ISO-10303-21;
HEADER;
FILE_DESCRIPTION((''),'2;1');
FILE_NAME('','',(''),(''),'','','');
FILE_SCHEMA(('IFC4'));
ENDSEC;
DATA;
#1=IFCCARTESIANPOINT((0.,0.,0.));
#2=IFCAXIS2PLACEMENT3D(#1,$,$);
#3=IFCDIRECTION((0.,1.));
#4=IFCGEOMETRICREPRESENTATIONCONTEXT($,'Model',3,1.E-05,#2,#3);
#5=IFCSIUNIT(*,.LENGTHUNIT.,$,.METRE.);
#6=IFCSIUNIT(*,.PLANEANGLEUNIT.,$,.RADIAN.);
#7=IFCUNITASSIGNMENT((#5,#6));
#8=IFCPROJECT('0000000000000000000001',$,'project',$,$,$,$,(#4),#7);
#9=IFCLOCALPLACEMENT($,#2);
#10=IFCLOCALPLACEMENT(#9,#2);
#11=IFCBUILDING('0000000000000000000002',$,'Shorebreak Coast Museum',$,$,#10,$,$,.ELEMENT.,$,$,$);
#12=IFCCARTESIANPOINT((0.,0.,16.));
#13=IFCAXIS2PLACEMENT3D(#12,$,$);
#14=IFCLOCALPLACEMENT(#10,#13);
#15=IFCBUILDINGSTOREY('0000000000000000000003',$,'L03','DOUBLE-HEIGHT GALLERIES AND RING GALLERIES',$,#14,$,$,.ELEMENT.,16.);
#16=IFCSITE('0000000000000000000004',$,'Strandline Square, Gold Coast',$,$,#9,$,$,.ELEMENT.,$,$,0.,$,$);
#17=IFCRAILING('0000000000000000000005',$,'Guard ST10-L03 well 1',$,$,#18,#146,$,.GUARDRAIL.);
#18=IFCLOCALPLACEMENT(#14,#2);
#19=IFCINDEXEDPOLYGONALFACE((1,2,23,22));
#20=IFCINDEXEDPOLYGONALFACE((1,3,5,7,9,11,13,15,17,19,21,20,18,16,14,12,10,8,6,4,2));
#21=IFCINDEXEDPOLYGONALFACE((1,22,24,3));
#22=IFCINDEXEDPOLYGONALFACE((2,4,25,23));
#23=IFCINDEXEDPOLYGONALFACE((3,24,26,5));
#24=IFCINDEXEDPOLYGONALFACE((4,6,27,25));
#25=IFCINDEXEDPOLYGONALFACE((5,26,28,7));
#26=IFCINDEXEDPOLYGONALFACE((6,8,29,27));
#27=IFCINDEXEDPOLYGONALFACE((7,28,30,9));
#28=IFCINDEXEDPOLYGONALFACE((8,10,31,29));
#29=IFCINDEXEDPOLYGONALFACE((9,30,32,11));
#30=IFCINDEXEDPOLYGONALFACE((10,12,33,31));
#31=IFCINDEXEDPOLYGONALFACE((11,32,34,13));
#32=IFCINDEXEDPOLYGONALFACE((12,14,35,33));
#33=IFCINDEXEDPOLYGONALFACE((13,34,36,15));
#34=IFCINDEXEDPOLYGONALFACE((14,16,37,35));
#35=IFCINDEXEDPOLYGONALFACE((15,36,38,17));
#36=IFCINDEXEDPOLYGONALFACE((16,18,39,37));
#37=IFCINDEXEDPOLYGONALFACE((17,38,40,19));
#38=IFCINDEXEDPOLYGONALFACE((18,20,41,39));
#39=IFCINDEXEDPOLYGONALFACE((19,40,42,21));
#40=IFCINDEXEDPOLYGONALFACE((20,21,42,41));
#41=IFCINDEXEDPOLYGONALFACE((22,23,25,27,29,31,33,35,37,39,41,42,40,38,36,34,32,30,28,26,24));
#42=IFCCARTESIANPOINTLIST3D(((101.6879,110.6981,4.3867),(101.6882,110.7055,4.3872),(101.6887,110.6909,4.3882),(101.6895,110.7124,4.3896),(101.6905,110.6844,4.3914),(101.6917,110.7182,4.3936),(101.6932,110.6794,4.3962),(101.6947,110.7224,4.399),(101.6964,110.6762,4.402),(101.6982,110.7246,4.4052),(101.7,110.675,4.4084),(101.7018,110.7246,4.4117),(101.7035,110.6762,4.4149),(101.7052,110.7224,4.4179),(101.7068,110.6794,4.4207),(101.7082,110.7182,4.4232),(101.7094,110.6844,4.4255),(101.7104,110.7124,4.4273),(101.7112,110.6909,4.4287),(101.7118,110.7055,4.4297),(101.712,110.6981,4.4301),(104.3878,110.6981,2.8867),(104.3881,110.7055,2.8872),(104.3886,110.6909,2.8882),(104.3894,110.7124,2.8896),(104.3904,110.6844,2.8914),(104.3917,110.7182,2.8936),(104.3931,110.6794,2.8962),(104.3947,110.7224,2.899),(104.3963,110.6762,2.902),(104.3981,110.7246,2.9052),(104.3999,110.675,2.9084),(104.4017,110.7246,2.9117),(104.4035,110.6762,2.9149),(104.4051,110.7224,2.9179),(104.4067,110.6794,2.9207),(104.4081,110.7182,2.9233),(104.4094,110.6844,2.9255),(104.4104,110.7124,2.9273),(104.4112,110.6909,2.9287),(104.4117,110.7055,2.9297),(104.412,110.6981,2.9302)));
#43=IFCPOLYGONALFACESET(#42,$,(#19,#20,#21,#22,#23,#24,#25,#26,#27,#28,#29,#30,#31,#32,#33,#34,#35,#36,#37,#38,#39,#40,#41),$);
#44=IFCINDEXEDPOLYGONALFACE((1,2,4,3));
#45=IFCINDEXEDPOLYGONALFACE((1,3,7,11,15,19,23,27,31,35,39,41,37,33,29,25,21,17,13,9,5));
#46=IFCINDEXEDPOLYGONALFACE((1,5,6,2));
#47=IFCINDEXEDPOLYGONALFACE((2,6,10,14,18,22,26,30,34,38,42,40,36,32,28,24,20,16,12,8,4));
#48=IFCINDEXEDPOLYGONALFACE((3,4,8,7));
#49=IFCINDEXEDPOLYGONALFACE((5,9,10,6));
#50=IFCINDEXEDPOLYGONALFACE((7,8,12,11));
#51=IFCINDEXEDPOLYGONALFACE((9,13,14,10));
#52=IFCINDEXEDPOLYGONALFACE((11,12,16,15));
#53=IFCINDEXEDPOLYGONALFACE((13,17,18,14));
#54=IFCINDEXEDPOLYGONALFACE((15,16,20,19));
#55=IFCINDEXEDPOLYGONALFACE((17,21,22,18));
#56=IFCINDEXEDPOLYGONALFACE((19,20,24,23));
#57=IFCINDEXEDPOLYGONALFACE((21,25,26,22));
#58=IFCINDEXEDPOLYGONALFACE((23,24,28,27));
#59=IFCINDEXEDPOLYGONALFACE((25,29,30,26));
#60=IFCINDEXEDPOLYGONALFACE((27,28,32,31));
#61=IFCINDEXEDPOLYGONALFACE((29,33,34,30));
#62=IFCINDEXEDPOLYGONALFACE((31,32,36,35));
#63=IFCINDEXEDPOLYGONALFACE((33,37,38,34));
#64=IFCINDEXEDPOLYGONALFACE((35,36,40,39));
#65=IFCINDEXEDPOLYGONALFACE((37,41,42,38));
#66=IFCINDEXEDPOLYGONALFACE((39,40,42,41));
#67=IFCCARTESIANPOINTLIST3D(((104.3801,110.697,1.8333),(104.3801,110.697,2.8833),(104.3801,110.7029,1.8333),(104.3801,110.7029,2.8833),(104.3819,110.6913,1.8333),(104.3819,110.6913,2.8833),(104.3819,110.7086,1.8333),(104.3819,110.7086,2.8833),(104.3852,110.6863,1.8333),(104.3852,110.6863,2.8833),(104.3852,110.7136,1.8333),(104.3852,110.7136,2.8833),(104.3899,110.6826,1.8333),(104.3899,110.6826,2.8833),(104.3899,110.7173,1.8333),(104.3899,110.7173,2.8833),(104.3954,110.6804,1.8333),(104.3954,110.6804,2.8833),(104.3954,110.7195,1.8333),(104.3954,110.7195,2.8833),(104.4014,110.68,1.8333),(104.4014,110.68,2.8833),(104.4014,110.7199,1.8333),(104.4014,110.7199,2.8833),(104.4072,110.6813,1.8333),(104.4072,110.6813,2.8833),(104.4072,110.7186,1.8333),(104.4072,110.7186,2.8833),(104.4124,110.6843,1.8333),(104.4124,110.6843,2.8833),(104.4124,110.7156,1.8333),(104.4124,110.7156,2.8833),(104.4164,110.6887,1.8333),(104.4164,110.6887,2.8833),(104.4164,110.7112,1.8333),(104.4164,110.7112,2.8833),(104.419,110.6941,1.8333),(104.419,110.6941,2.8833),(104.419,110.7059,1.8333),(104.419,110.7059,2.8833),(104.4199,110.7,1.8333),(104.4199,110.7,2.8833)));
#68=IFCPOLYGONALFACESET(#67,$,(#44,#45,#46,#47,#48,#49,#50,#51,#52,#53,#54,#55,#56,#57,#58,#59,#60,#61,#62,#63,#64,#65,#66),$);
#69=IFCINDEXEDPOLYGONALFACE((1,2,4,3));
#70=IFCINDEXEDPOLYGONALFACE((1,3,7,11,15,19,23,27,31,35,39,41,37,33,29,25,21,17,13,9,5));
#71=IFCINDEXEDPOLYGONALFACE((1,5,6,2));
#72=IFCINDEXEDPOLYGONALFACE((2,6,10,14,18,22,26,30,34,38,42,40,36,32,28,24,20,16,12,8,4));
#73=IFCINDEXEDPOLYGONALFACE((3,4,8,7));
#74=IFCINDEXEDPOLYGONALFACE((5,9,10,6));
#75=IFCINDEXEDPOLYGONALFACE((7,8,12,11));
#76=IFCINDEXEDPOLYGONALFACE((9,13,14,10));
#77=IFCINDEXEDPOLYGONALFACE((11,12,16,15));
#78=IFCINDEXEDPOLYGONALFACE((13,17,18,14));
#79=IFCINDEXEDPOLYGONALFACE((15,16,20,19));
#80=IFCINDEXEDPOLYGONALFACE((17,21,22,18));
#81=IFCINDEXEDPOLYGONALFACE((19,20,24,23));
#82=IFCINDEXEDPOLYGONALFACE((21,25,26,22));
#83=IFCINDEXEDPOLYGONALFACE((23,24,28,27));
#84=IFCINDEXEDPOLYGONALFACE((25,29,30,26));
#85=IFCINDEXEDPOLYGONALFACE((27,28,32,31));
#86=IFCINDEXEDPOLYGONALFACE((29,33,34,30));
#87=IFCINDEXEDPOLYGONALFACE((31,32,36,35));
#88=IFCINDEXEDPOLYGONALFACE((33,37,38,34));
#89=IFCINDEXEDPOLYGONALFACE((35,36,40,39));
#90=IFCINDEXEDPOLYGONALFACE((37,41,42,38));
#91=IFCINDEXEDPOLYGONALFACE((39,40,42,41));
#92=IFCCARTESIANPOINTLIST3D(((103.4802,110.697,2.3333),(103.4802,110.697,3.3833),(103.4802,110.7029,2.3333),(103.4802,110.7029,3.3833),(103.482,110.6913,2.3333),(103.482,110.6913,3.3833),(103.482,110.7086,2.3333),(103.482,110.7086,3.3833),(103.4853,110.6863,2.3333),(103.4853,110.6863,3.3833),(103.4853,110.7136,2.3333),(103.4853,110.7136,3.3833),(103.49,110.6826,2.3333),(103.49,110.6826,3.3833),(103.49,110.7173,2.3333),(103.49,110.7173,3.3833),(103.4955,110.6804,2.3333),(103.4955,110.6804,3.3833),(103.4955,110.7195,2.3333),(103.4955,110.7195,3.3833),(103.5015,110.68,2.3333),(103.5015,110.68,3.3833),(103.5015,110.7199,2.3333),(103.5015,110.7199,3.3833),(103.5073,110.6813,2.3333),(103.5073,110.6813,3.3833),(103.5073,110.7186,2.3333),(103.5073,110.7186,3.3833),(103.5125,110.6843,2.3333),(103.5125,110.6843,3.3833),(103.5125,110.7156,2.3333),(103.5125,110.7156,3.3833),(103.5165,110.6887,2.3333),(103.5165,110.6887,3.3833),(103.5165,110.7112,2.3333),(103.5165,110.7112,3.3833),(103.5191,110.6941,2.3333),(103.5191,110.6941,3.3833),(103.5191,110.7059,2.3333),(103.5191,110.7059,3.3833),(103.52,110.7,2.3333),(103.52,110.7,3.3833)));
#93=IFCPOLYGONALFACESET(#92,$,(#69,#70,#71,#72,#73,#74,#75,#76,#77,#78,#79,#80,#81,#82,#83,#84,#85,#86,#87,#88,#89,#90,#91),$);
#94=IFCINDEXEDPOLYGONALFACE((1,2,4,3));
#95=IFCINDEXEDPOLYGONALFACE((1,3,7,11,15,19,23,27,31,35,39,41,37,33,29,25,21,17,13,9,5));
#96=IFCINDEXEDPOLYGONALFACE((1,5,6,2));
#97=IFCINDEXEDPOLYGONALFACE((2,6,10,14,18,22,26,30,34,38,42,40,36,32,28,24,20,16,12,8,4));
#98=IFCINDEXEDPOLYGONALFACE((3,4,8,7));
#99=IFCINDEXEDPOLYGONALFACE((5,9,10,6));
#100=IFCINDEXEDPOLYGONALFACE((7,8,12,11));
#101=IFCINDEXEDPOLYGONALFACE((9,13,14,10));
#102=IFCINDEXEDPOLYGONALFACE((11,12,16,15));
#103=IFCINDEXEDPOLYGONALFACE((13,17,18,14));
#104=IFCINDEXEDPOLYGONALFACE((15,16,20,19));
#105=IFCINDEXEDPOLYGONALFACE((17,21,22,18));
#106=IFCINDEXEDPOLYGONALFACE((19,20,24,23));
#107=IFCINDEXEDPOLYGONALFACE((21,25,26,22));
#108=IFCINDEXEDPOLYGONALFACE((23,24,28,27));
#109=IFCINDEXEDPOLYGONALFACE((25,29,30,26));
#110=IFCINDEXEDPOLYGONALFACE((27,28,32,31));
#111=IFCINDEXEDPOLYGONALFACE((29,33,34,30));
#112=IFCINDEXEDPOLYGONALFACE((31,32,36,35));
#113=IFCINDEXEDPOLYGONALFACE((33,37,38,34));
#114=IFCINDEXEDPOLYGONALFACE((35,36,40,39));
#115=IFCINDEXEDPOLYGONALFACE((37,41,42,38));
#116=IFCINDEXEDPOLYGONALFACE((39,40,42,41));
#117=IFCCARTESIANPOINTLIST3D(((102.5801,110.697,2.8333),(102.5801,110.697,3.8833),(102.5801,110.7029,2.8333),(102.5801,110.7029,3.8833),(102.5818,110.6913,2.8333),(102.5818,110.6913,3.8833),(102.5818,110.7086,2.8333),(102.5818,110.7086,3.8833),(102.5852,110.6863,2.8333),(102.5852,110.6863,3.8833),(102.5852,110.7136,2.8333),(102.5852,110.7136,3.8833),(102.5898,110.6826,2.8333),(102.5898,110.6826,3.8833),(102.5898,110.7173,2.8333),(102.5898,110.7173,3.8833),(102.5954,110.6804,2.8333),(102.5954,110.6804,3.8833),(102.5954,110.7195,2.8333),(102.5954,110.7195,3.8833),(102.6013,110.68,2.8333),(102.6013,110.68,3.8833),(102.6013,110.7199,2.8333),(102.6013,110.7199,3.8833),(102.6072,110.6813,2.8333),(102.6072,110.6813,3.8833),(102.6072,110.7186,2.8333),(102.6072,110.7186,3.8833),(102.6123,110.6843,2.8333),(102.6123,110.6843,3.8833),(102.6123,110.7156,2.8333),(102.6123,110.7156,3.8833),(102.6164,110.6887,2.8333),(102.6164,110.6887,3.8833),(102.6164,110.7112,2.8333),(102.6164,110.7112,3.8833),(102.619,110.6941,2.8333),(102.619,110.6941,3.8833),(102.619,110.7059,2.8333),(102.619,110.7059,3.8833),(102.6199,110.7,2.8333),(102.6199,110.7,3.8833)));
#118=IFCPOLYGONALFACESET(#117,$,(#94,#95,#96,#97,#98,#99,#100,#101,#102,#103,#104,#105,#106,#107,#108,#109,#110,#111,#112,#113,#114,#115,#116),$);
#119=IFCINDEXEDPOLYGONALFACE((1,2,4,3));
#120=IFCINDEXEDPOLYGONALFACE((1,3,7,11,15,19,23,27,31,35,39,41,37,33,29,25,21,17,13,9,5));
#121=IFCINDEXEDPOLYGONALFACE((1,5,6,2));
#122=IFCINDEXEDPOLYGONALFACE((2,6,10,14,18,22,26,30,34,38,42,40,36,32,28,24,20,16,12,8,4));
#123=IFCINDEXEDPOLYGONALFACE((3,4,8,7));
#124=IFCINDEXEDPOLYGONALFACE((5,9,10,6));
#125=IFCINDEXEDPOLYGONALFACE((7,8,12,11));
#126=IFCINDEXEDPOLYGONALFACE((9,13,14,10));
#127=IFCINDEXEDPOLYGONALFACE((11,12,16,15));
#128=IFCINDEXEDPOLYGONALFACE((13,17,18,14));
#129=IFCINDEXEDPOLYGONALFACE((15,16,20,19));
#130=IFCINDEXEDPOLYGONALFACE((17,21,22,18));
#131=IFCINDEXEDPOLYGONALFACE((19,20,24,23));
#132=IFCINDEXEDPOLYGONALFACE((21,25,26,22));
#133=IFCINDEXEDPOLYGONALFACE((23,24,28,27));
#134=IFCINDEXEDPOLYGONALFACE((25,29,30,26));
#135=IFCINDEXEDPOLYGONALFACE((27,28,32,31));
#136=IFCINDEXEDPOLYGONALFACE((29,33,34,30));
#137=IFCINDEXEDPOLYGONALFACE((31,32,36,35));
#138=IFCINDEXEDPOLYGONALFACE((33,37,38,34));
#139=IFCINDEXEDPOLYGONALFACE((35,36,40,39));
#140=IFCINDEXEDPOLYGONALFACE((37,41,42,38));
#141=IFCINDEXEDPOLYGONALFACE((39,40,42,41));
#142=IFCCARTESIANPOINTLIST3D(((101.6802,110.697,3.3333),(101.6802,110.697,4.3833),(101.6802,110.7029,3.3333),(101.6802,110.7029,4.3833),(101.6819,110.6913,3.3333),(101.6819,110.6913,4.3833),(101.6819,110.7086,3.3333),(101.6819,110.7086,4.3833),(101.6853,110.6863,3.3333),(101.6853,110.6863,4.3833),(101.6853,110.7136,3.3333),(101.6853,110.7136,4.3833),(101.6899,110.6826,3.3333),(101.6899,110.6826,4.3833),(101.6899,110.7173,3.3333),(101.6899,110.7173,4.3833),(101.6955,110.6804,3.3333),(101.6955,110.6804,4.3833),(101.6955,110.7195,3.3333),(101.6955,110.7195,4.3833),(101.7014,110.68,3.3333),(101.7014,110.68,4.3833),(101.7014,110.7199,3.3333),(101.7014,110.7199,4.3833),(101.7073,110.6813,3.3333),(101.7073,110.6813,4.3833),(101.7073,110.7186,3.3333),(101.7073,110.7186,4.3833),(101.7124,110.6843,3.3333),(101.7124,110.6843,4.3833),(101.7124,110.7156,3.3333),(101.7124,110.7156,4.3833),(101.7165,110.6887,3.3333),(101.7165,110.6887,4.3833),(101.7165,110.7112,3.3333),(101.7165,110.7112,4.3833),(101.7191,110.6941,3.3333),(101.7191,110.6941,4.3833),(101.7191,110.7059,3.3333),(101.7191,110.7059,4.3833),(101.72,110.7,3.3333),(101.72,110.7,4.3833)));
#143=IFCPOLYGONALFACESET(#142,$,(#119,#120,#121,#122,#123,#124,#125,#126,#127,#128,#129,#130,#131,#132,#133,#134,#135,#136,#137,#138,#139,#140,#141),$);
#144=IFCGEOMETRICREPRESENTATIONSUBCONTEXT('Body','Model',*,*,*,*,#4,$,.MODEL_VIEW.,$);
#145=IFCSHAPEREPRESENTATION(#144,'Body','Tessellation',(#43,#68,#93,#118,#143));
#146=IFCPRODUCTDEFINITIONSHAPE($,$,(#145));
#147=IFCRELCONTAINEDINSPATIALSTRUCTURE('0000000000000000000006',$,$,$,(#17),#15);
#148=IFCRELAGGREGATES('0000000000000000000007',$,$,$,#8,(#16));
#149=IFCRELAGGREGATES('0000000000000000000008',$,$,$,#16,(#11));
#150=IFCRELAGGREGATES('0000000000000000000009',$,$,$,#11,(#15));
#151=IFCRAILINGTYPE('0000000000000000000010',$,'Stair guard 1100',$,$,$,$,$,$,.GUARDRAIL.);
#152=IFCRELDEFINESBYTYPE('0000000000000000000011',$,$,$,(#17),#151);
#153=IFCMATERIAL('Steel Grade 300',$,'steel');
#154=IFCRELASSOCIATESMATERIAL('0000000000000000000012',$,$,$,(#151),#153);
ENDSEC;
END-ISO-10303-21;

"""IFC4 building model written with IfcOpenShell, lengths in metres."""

from ifc_helpers import new_model, si_unit, direction, frame, origin, origin_2d, place, context, subcontext, project, spatial, circle, extrude, material, type_object, element, save


model = new_model("IFC4")

# Units and contexts
model_context = context("Model", 3, precision=1e-05, world=origin(), true_north=direction((0.0, 1.0)))
body_context = subcontext(model_context, "Body", "Model", "MODEL_VIEW")
ifc_project = project(units=[si_unit("LENGTHUNIT", "METRE"), si_unit("PLANEANGLEUNIT", "RADIAN")], contexts=[model_context])

# Site, building, storey
site_placement = place(None, origin())
site = spatial("IfcSite", under=ifc_project, at=site_placement, Name="Strandline Square, Gold Coast", CompositionType="ELEMENT", RefElevation=0.0)
building_placement = place(site_placement, origin())
building = spatial("IfcBuilding", under=site, at=building_placement, Name="Shorebreak Coast Museum", CompositionType="ELEMENT")
storey_placement = place(building_placement, frame((0.0, 0.0, 16.0)))
storey = spatial("IfcBuildingStorey", under=building, at=storey_placement, Name="L03", Description="DOUBLE-HEIGHT GALLERIES AND RING GALLERIES", CompositionType="ELEMENT", Elevation=16.0)

# Railing
ifc_material_1 = material(Name="Steel Grade 300", Category="steel")
railing_type_1 = type_object("IfcRailingType", Name="Stair guard 1100", PredefinedType="GUARDRAIL", material=ifc_material_1)
railing_1_placement = place(storey_placement, frame((104.3999, 110.7, 1.8333)))
element("IfcRailing", 1, at=railing_1_placement, inside=storey, type_object=railing_type_1, Name="Guard ST10-L03 well 1", PredefinedType="GUARDRAIL", context=body_context, shape_type="SweptSolid", body=[
    extrude(circle(Radius=0.0249, at=origin_2d()), frame((0.0, 0.0, 1.0752), z_axis=(-0.874154, 0.0, 0.48565), x_axis=(0.0, -1.0, 0.0)), (0.0, 0.0, 1.0), 3.0886),
    extrude(circle(Radius=0.02, at=origin_2d()), origin(), (0.0, 0.0, 1.0), 1.05),
    extrude(circle(Radius=0.02, at=origin_2d()), frame((-0.8999, 0.0, 0.5)), (0.0, 0.0, 1.0), 1.05),
    extrude(circle(Radius=0.02, at=origin_2d()), frame((-1.8, 0.0, 1.0)), (0.0, 0.0, 1.0), 1.05),
    extrude(circle(Radius=0.02, at=origin_2d()), frame((-2.7, 0.0, 1.5)), (0.0, 0.0, 1.0), 1.05),
])

save(model, "model.ifc")
